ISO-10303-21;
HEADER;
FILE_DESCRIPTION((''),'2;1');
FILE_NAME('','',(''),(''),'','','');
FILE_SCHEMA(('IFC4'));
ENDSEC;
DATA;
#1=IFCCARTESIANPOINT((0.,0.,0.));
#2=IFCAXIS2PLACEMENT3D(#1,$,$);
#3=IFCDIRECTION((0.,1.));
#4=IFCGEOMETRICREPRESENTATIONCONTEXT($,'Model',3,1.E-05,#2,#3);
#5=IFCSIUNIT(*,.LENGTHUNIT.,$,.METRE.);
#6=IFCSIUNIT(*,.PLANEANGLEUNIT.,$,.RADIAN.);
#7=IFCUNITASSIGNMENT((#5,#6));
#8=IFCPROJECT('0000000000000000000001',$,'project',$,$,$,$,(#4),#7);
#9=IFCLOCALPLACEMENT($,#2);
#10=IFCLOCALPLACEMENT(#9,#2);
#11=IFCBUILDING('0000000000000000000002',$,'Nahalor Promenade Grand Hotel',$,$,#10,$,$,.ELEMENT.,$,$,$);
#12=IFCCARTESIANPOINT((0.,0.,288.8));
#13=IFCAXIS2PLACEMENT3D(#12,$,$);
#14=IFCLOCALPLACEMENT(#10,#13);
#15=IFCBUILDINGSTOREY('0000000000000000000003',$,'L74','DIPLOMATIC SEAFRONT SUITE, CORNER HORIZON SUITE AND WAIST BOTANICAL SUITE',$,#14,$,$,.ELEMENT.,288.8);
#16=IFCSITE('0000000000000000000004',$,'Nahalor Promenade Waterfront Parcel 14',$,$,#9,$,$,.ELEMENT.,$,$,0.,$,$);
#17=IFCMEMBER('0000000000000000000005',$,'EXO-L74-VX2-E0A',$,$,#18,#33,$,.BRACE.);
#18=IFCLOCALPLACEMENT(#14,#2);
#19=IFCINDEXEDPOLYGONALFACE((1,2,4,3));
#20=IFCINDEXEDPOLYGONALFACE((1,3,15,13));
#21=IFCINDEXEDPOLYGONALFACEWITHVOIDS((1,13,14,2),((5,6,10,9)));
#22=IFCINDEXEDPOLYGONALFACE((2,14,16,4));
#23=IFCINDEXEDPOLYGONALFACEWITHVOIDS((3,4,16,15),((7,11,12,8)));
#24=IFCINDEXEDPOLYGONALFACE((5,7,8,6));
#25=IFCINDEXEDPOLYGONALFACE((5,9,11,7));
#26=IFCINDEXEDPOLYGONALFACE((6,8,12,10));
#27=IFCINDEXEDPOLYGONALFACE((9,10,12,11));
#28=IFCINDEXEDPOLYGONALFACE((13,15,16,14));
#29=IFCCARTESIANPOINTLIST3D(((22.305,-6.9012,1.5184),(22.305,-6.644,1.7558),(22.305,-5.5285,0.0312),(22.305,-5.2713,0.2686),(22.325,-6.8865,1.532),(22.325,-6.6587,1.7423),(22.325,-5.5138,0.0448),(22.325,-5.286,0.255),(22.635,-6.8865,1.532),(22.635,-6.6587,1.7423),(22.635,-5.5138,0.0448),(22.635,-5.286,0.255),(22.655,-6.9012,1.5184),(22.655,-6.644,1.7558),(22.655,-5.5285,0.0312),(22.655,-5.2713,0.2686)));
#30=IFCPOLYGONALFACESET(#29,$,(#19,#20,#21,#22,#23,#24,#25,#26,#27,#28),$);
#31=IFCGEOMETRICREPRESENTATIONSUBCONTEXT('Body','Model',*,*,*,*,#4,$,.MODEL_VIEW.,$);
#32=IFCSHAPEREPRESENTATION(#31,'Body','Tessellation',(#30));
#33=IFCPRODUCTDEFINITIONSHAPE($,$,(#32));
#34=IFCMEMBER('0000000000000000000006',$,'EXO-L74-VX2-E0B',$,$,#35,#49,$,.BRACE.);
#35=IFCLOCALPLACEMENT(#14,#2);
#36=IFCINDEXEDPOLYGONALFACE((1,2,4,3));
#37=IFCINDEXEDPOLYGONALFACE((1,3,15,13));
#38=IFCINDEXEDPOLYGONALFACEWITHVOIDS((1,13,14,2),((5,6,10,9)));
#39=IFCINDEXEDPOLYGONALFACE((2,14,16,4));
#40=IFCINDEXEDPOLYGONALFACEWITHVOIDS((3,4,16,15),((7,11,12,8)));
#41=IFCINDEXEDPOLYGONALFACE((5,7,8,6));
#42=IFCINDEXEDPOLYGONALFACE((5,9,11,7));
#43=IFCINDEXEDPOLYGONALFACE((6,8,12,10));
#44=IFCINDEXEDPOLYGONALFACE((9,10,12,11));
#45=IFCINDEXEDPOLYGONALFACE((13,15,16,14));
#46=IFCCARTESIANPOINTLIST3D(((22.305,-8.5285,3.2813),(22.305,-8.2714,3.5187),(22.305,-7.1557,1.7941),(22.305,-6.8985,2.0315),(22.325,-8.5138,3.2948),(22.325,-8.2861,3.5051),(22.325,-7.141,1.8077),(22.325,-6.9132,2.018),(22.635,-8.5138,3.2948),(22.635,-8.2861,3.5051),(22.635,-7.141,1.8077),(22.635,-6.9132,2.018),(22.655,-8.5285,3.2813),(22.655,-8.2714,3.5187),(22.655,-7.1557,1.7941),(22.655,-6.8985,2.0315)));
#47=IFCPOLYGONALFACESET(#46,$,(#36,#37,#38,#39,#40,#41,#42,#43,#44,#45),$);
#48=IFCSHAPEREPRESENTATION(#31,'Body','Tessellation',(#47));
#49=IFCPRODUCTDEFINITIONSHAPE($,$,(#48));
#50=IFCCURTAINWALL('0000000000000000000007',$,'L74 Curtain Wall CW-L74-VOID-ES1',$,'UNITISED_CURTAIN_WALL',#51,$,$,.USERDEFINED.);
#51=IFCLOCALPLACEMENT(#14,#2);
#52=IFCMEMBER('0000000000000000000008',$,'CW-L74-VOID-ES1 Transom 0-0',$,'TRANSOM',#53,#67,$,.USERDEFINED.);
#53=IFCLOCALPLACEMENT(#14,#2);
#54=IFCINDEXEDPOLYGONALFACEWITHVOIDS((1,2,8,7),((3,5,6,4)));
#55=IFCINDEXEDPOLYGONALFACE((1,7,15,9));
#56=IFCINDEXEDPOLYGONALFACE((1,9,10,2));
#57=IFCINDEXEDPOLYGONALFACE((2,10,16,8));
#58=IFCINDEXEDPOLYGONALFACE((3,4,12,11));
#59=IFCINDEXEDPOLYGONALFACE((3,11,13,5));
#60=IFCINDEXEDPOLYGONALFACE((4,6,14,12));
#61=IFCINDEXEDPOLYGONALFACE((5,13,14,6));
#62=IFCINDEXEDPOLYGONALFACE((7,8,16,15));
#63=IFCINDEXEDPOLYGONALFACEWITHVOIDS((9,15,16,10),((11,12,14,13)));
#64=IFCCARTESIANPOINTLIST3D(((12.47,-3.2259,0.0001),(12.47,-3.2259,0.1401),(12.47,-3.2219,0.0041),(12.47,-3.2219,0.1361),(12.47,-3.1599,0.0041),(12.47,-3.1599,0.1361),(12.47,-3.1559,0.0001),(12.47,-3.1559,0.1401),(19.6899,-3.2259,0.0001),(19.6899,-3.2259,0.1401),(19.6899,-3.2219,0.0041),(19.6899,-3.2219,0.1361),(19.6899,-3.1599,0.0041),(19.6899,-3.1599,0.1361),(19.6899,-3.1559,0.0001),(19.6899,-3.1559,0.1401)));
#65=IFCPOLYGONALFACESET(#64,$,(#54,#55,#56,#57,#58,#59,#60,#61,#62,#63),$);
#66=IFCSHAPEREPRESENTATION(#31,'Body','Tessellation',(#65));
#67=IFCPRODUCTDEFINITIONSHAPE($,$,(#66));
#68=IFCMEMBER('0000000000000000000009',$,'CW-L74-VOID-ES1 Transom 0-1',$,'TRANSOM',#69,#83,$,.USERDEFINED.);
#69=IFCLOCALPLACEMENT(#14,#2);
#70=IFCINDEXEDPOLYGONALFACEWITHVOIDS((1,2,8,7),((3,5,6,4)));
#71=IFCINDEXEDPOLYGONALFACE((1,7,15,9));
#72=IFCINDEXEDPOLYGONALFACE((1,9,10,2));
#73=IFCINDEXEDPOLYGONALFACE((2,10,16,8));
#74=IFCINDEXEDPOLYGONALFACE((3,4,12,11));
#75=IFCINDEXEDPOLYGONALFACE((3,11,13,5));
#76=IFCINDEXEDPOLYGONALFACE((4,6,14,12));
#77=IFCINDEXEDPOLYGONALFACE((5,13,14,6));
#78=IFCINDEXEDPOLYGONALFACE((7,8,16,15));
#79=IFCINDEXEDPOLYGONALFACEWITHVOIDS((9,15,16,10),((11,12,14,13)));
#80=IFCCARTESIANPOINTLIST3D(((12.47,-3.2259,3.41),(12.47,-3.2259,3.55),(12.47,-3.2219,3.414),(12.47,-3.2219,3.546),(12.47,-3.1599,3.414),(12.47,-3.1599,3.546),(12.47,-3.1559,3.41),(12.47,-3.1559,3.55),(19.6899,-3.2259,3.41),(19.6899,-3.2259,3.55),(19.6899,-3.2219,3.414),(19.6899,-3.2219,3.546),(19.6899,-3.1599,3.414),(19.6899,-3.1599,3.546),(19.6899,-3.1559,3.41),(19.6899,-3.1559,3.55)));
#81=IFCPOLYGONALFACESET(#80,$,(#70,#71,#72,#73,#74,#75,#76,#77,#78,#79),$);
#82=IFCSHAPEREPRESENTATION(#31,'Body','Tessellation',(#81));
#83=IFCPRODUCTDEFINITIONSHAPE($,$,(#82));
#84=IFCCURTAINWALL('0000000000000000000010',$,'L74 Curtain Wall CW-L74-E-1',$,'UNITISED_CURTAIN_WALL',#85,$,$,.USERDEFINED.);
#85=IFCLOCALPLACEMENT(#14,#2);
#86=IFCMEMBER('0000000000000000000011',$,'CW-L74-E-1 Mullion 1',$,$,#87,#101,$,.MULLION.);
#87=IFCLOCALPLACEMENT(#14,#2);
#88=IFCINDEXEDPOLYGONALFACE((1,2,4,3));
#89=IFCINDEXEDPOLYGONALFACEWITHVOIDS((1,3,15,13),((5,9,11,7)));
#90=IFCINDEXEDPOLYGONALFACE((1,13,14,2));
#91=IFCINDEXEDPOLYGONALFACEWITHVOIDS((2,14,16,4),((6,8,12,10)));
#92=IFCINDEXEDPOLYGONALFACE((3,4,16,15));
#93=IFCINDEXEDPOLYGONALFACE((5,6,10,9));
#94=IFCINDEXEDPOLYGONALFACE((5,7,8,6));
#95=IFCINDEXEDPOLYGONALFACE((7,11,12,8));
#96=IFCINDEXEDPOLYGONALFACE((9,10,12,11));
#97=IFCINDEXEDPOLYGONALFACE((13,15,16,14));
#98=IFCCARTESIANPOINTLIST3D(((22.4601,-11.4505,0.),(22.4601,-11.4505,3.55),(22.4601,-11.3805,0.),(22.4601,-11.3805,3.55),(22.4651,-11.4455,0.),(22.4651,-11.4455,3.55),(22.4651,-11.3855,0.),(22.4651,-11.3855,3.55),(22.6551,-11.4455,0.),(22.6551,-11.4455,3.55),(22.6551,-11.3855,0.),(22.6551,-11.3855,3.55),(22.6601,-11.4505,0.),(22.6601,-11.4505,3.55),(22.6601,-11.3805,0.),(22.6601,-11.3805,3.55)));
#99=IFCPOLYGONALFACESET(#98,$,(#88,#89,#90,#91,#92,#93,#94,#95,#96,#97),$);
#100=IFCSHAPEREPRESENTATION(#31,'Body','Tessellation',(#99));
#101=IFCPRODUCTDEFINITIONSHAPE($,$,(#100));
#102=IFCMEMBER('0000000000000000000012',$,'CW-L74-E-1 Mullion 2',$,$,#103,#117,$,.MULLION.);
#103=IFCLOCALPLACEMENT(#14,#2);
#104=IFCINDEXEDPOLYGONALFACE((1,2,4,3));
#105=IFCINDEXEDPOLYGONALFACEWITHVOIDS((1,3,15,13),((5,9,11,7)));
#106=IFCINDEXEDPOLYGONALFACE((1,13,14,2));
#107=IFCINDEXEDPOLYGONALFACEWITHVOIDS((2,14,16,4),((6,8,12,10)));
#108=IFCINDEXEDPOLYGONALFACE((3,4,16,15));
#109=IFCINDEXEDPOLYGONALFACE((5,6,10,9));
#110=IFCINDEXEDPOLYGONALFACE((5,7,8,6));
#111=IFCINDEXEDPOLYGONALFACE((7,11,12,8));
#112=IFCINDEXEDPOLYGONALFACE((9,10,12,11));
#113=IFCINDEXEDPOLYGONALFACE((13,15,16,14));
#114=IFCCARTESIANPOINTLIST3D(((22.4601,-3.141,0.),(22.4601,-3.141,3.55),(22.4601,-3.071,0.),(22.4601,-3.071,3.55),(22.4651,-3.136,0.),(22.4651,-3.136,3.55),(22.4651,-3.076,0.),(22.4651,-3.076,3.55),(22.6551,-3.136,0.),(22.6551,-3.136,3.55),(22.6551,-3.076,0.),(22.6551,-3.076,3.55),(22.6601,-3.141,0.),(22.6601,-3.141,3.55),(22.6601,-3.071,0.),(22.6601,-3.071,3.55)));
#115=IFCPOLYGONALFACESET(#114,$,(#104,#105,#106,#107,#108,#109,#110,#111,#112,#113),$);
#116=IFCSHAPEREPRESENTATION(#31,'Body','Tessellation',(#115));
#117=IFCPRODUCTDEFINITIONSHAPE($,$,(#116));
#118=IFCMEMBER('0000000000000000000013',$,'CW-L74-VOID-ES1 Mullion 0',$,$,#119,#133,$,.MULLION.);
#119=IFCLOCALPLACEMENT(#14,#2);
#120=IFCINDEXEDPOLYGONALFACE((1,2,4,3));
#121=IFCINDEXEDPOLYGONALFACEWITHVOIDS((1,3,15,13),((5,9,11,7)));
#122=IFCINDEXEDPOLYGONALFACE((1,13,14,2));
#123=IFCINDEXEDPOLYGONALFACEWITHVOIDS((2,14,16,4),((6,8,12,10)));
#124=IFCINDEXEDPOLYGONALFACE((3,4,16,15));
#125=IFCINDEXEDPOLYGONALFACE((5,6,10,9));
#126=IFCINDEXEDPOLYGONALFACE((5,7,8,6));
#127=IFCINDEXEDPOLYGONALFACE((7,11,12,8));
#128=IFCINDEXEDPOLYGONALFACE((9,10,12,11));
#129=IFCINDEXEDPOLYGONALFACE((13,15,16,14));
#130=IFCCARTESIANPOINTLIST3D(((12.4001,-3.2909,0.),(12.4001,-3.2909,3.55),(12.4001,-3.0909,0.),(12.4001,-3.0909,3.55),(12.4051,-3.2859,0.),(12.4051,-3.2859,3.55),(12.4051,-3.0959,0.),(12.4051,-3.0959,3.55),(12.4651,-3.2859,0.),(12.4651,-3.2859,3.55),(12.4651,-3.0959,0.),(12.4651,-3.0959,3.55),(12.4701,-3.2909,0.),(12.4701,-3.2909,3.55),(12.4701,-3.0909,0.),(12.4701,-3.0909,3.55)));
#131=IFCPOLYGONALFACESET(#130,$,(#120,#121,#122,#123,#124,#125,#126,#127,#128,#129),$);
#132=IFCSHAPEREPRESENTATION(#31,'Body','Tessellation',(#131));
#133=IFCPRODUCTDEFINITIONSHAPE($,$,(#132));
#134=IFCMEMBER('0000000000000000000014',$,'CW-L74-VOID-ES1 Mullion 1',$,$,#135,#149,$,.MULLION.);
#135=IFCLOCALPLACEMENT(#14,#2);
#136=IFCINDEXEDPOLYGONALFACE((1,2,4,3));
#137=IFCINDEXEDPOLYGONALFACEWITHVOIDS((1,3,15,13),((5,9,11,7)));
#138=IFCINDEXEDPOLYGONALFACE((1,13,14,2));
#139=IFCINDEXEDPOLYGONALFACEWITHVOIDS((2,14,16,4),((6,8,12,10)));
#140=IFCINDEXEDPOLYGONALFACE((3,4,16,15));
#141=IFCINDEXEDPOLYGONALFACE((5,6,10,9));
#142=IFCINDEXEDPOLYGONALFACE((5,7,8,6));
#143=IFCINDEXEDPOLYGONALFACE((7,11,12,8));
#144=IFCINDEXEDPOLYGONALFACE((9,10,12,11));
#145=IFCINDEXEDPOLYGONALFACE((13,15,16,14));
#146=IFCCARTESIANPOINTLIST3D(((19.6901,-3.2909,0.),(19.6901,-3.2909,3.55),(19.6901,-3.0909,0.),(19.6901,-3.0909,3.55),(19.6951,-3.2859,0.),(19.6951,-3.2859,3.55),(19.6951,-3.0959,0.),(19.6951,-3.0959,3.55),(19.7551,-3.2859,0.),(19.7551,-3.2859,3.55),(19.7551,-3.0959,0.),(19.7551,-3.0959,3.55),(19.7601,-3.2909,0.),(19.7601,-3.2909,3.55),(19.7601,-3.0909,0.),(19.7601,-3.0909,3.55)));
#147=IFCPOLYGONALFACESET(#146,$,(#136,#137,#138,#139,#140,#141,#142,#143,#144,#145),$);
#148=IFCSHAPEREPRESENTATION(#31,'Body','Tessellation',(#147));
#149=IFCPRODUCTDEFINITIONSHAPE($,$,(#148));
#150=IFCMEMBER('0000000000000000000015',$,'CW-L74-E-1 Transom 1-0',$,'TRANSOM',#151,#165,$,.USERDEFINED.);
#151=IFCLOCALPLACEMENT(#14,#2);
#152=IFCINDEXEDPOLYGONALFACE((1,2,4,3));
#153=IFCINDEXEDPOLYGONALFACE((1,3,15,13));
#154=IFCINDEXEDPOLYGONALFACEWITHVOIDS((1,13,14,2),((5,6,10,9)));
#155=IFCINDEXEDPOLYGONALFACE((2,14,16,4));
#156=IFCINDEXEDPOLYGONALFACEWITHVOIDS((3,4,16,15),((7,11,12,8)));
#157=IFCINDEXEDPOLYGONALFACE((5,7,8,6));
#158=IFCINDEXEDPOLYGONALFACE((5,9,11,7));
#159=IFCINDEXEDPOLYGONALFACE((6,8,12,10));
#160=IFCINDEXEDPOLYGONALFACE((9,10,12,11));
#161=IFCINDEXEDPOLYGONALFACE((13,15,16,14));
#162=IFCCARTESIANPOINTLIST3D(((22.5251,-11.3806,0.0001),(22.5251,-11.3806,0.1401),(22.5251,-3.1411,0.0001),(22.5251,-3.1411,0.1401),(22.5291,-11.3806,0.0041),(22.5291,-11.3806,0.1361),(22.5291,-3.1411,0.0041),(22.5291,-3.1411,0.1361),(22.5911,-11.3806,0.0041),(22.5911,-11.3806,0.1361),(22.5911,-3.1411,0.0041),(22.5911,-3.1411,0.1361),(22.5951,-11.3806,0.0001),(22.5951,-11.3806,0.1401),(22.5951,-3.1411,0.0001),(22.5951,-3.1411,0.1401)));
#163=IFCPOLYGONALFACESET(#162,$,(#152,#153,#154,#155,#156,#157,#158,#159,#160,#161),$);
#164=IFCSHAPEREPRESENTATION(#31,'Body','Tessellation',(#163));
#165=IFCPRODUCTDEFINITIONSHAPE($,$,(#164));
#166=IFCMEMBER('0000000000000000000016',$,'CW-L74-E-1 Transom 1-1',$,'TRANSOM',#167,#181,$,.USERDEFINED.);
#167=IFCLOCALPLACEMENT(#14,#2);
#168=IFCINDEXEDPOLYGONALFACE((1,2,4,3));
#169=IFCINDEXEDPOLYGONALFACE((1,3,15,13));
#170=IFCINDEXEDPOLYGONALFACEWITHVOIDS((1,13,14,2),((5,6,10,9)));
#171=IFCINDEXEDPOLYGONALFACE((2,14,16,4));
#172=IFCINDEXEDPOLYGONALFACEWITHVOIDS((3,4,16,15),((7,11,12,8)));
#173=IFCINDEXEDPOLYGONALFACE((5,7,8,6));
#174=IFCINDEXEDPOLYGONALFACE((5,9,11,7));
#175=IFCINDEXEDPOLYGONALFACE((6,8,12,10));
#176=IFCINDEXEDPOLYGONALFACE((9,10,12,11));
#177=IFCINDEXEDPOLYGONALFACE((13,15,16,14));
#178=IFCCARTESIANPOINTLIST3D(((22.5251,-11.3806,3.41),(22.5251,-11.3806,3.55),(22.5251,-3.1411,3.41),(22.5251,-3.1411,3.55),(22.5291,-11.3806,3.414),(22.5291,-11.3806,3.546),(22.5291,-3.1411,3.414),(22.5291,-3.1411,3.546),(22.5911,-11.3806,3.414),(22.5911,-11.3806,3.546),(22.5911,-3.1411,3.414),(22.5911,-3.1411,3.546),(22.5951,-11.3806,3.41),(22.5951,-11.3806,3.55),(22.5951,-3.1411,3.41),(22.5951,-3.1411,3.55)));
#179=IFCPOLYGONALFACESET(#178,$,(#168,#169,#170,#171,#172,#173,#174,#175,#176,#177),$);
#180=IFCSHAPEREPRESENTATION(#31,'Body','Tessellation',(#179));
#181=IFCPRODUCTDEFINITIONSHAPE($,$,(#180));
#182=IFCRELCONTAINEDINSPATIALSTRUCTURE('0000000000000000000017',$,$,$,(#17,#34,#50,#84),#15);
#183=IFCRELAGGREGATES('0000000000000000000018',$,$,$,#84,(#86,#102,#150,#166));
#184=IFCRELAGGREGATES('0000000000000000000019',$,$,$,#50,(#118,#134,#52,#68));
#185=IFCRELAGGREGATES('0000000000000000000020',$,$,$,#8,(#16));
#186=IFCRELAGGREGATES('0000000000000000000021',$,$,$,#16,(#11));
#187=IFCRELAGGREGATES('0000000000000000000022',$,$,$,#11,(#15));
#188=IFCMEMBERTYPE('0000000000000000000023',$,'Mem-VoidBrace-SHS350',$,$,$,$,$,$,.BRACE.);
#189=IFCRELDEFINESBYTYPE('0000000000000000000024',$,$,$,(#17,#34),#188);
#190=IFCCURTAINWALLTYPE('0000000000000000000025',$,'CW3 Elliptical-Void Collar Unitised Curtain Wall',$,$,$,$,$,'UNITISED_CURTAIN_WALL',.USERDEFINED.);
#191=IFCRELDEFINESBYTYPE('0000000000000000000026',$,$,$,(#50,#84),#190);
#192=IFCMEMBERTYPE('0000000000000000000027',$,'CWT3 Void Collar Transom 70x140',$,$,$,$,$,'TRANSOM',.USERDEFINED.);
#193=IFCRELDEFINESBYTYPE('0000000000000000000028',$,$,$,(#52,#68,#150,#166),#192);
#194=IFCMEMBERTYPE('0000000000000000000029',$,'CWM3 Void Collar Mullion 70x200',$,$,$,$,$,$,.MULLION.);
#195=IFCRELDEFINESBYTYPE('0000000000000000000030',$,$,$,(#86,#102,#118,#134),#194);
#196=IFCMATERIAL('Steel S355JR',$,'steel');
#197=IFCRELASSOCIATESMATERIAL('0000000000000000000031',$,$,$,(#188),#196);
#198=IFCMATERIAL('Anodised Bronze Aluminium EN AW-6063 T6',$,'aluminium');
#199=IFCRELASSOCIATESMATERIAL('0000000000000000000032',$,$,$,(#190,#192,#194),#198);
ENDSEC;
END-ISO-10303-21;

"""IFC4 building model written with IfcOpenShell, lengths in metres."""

from ifc_helpers import new_model, si_unit, direction, frame, origin, origin_2d, place, context, subcontext, project, spatial, hollow_rectangle, extrude, source, transform, mapped, material, material_profile, profile_set, type_object, element, aggregate, save


model = new_model("IFC4")

# Units and contexts
model_context = context("Model", 3, precision=1e-05, world=origin(), true_north=direction((0.0, 1.0)))
body_context = subcontext(model_context, "Body", "Model", "MODEL_VIEW")
ifc_project = project(units=[si_unit("LENGTHUNIT", "METRE"), si_unit("PLANEANGLEUNIT", "RADIAN")], contexts=[model_context])

# Site, building, storey
site_placement = place(None, origin())
site = spatial("IfcSite", under=ifc_project, at=site_placement, Name="Nahalor Promenade Waterfront Parcel 14", CompositionType="ELEMENT", RefElevation=0.0)
building_placement = place(site_placement, origin())
building = spatial("IfcBuilding", under=site, at=building_placement, Name="Nahalor Promenade Grand Hotel", CompositionType="ELEMENT")
storey_placement = place(building_placement, frame((0.0, 0.0, 288.8)))
storey = spatial("IfcBuildingStorey", under=building, at=storey_placement, Name="L74", Description="DIPLOMATIC SEAFRONT SUITE, CORNER HORIZON SUITE AND WAIST BOTANICAL SUITE", CompositionType="ELEMENT", Elevation=288.8)

# Shared definitions
ifc_material_1 = material(Name="Steel S355JR", Category="steel")

# Members
ifc_material_profile_1 = material_profile(ifc_material_1, hollow_rectangle(XDim=0.35, YDim=0.35, WallThickness=0.02, at=origin_2d()), Name="SHS 350x350x20")
ifc_profile_set_1 = profile_set([ifc_material_profile_1], Name="Steel S355JR")
member_type_1 = type_object("IfcMemberType", Name="Mem-VoidBrace-SHS350", PredefinedType="BRACE", material=ifc_profile_set_1)
shared_shape_1 = source(origin(), body_context, "Body", "SweptSolid", [
    extrude(hollow_rectangle(XDim=0.35, YDim=0.35, WallThickness=0.02, at=origin_2d()), origin(), (0.0, 0.0, 1.0), 2.0239),
])
for number, where, z_axis, x_axis, name in (
    (1, (22.48, -5.3999, 0.1499), (0.0, -0.678255, 0.734827), (1.0, 0.0, 0.0), "EXO-L74-VX2-E0A"),
    (2, (22.48, -7.0271, 1.9128), (0.0, -0.678315, 0.734771), (1.0, 0.0, 0.0), "EXO-L74-VX2-E0B"),
):
    element("IfcMember", number, at=place(storey_placement, frame(where, z_axis=z_axis, x_axis=x_axis)), inside=storey, type_object=member_type_1, Name=name, PredefinedType="BRACE", context=body_context, shape_type="MappedRepresentation", body=[
        mapped(shared_shape_1, transform((0.0, 0.0, 0.0), scale=1.0)),
    ])

# Curtain walls, members
ifc_material_2 = material(Name="Anodised Bronze Aluminium EN AW-6063 T6", Category="aluminium")
curtain_wall_type_1 = type_object("IfcCurtainWallType", Name="CW3 Elliptical-Void Collar Unitised Curtain Wall", ElementType="UNITISED_CURTAIN_WALL", PredefinedType="USERDEFINED", material=ifc_material_2)
curtain_wall_1_placement = place(storey_placement, origin())
curtain_wall_1 = element("IfcCurtainWall", 3, at=curtain_wall_1_placement, inside=storey, type_object=curtain_wall_type_1, Name="L74 Curtain Wall CW-L74-VOID-ES1", ObjectType="UNITISED_CURTAIN_WALL", PredefinedType="USERDEFINED")
ifc_material_profile_2 = material_profile(ifc_material_2, hollow_rectangle(XDim=0.07, YDim=0.14, WallThickness=0.004, at=origin_2d()), Name="CWT 70x140x4")
ifc_profile_set_2 = profile_set([ifc_material_profile_2], Name="Anodised Bronze Aluminium EN AW-6063 T6")
member_type_2 = type_object("IfcMemberType", Name="CWT3 Void Collar Transom 70x140", ElementType="TRANSOM", PredefinedType="USERDEFINED", material=ifc_profile_set_2)
shared_shape_2 = source(origin(), body_context, "Body", "SweptSolid", [
    extrude(hollow_rectangle(XDim=0.07, YDim=0.14, WallThickness=0.004, at=origin_2d()), origin(), (0.0, 0.0, 1.0), 7.22),
])
member_1_placement = place(storey_placement, frame((12.47, -3.1909, 0.0701), z_axis=(1.0, 0.0, 0.0), x_axis=(0.0, 1.0, 0.0)))
member_1 = element("IfcMember", 4, at=member_1_placement, type_object=member_type_2, Name="CW-L74-VOID-ES1 Transom 0-0", ObjectType="TRANSOM", PredefinedType="USERDEFINED", context=body_context, shape_type="MappedRepresentation", body=[
    mapped(shared_shape_2, transform((0.0, 0.0, 0.0), scale=1.0)),
])
member_2_placement = place(storey_placement, frame((12.47, -3.1909, 3.48), z_axis=(1.0, 0.0, 0.0), x_axis=(0.0, 1.0, 0.0)))
member_2 = element("IfcMember", 5, at=member_2_placement, type_object=member_type_2, Name="CW-L74-VOID-ES1 Transom 0-1", ObjectType="TRANSOM", PredefinedType="USERDEFINED", context=body_context, shape_type="MappedRepresentation", body=[
    mapped(shared_shape_2, transform((0.0, 0.0, 0.0), scale=1.0)),
])
curtain_wall_2_placement = place(storey_placement, origin())
curtain_wall_2 = element("IfcCurtainWall", 6, at=curtain_wall_2_placement, inside=storey, type_object=curtain_wall_type_1, Name="L74 Curtain Wall CW-L74-E-1", ObjectType="UNITISED_CURTAIN_WALL", PredefinedType="USERDEFINED")
ifc_material_profile_3 = material_profile(ifc_material_2, hollow_rectangle(XDim=0.07, YDim=0.2, WallThickness=0.005, at=origin_2d()), Name="CWM 70x200x5")
ifc_profile_set_3 = profile_set([ifc_material_profile_3], Name="Anodised Bronze Aluminium EN AW-6063 T6")
member_type_3 = type_object("IfcMemberType", Name="CWM3 Void Collar Mullion 70x200", PredefinedType="MULLION", material=ifc_profile_set_3)
shared_shape_3 = source(origin(), body_context, "Body", "SweptSolid", [
    extrude(hollow_rectangle(XDim=0.07, YDim=0.2, WallThickness=0.005, at=origin_2d()), origin(), (0.0, 0.0, 1.0), 3.55),
])
member_3_placement = place(storey_placement, frame((22.5601, -11.4155, 0.0), z_axis=(0.0, 0.0, 1.0), x_axis=(0.0, 1.0, 0.0)))
member_3 = element("IfcMember", 7, at=member_3_placement, type_object=member_type_3, Name="CW-L74-E-1 Mullion 1", PredefinedType="MULLION", context=body_context, shape_type="MappedRepresentation", body=[
    mapped(shared_shape_3, transform((0.0, 0.0, 0.0), scale=1.0)),
])
member_4_placement = place(storey_placement, frame((22.5601, -3.106, 0.0), z_axis=(0.0, 0.0, 1.0), x_axis=(0.0, 1.0, 0.0)))
member_4 = element("IfcMember", 8, at=member_4_placement, type_object=member_type_3, Name="CW-L74-E-1 Mullion 2", PredefinedType="MULLION", context=body_context, shape_type="MappedRepresentation", body=[
    mapped(shared_shape_3, transform((0.0, 0.0, 0.0), scale=1.0)),
])

# Members
member_5_placement = place(storey_placement, frame((12.4351, -3.1909, 0.0), z_axis=(0.0, 0.0, 1.0), x_axis=(1.0, 0.0, 0.0)))
member_5 = element("IfcMember", 9, at=member_5_placement, type_object=member_type_3, Name="CW-L74-VOID-ES1 Mullion 0", PredefinedType="MULLION", context=body_context, shape_type="MappedRepresentation", body=[
    mapped(shared_shape_3, transform((0.0, 0.0, 0.0), scale=1.0)),
])
member_6_placement = place(storey_placement, frame((19.7251, -3.1909, 0.0), z_axis=(0.0, 0.0, 1.0), x_axis=(1.0, 0.0, 0.0)))
member_6 = element("IfcMember", 10, at=member_6_placement, type_object=member_type_3, Name="CW-L74-VOID-ES1 Mullion 1", PredefinedType="MULLION", context=body_context, shape_type="MappedRepresentation", body=[
    mapped(shared_shape_3, transform((0.0, 0.0, 0.0), scale=1.0)),
])
shared_shape_4 = source(origin(), body_context, "Body", "SweptSolid", [
    extrude(hollow_rectangle(XDim=0.07, YDim=0.14, WallThickness=0.004, at=origin_2d()), origin(), (0.0, 0.0, 1.0), 8.2395),
])
member_7_placement = place(storey_placement, frame((22.5601, -11.3806, 0.0701), z_axis=(0.0, 1.0, 0.0), x_axis=(-1.0, 0.0, 0.0)))
member_7 = element("IfcMember", 11, at=member_7_placement, type_object=member_type_2, Name="CW-L74-E-1 Transom 1-0", ObjectType="TRANSOM", PredefinedType="USERDEFINED", context=body_context, shape_type="MappedRepresentation", body=[
    mapped(shared_shape_4, transform((0.0, 0.0, 0.0), scale=1.0)),
])
member_8_placement = place(storey_placement, frame((22.5601, -11.3806, 3.48), z_axis=(0.0, 1.0, 0.0), x_axis=(-1.0, 0.0, 0.0)))
member_8 = element("IfcMember", 12, at=member_8_placement, type_object=member_type_2, Name="CW-L74-E-1 Transom 1-1", ObjectType="TRANSOM", PredefinedType="USERDEFINED", context=body_context, shape_type="MappedRepresentation", body=[
    mapped(shared_shape_4, transform((0.0, 0.0, 0.0), scale=1.0)),
])

aggregate(curtain_wall_2, [member_3, member_4, member_7, member_8])
aggregate(curtain_wall_1, [member_5, member_6, member_1, member_2])

save(model, "model.ifc")
